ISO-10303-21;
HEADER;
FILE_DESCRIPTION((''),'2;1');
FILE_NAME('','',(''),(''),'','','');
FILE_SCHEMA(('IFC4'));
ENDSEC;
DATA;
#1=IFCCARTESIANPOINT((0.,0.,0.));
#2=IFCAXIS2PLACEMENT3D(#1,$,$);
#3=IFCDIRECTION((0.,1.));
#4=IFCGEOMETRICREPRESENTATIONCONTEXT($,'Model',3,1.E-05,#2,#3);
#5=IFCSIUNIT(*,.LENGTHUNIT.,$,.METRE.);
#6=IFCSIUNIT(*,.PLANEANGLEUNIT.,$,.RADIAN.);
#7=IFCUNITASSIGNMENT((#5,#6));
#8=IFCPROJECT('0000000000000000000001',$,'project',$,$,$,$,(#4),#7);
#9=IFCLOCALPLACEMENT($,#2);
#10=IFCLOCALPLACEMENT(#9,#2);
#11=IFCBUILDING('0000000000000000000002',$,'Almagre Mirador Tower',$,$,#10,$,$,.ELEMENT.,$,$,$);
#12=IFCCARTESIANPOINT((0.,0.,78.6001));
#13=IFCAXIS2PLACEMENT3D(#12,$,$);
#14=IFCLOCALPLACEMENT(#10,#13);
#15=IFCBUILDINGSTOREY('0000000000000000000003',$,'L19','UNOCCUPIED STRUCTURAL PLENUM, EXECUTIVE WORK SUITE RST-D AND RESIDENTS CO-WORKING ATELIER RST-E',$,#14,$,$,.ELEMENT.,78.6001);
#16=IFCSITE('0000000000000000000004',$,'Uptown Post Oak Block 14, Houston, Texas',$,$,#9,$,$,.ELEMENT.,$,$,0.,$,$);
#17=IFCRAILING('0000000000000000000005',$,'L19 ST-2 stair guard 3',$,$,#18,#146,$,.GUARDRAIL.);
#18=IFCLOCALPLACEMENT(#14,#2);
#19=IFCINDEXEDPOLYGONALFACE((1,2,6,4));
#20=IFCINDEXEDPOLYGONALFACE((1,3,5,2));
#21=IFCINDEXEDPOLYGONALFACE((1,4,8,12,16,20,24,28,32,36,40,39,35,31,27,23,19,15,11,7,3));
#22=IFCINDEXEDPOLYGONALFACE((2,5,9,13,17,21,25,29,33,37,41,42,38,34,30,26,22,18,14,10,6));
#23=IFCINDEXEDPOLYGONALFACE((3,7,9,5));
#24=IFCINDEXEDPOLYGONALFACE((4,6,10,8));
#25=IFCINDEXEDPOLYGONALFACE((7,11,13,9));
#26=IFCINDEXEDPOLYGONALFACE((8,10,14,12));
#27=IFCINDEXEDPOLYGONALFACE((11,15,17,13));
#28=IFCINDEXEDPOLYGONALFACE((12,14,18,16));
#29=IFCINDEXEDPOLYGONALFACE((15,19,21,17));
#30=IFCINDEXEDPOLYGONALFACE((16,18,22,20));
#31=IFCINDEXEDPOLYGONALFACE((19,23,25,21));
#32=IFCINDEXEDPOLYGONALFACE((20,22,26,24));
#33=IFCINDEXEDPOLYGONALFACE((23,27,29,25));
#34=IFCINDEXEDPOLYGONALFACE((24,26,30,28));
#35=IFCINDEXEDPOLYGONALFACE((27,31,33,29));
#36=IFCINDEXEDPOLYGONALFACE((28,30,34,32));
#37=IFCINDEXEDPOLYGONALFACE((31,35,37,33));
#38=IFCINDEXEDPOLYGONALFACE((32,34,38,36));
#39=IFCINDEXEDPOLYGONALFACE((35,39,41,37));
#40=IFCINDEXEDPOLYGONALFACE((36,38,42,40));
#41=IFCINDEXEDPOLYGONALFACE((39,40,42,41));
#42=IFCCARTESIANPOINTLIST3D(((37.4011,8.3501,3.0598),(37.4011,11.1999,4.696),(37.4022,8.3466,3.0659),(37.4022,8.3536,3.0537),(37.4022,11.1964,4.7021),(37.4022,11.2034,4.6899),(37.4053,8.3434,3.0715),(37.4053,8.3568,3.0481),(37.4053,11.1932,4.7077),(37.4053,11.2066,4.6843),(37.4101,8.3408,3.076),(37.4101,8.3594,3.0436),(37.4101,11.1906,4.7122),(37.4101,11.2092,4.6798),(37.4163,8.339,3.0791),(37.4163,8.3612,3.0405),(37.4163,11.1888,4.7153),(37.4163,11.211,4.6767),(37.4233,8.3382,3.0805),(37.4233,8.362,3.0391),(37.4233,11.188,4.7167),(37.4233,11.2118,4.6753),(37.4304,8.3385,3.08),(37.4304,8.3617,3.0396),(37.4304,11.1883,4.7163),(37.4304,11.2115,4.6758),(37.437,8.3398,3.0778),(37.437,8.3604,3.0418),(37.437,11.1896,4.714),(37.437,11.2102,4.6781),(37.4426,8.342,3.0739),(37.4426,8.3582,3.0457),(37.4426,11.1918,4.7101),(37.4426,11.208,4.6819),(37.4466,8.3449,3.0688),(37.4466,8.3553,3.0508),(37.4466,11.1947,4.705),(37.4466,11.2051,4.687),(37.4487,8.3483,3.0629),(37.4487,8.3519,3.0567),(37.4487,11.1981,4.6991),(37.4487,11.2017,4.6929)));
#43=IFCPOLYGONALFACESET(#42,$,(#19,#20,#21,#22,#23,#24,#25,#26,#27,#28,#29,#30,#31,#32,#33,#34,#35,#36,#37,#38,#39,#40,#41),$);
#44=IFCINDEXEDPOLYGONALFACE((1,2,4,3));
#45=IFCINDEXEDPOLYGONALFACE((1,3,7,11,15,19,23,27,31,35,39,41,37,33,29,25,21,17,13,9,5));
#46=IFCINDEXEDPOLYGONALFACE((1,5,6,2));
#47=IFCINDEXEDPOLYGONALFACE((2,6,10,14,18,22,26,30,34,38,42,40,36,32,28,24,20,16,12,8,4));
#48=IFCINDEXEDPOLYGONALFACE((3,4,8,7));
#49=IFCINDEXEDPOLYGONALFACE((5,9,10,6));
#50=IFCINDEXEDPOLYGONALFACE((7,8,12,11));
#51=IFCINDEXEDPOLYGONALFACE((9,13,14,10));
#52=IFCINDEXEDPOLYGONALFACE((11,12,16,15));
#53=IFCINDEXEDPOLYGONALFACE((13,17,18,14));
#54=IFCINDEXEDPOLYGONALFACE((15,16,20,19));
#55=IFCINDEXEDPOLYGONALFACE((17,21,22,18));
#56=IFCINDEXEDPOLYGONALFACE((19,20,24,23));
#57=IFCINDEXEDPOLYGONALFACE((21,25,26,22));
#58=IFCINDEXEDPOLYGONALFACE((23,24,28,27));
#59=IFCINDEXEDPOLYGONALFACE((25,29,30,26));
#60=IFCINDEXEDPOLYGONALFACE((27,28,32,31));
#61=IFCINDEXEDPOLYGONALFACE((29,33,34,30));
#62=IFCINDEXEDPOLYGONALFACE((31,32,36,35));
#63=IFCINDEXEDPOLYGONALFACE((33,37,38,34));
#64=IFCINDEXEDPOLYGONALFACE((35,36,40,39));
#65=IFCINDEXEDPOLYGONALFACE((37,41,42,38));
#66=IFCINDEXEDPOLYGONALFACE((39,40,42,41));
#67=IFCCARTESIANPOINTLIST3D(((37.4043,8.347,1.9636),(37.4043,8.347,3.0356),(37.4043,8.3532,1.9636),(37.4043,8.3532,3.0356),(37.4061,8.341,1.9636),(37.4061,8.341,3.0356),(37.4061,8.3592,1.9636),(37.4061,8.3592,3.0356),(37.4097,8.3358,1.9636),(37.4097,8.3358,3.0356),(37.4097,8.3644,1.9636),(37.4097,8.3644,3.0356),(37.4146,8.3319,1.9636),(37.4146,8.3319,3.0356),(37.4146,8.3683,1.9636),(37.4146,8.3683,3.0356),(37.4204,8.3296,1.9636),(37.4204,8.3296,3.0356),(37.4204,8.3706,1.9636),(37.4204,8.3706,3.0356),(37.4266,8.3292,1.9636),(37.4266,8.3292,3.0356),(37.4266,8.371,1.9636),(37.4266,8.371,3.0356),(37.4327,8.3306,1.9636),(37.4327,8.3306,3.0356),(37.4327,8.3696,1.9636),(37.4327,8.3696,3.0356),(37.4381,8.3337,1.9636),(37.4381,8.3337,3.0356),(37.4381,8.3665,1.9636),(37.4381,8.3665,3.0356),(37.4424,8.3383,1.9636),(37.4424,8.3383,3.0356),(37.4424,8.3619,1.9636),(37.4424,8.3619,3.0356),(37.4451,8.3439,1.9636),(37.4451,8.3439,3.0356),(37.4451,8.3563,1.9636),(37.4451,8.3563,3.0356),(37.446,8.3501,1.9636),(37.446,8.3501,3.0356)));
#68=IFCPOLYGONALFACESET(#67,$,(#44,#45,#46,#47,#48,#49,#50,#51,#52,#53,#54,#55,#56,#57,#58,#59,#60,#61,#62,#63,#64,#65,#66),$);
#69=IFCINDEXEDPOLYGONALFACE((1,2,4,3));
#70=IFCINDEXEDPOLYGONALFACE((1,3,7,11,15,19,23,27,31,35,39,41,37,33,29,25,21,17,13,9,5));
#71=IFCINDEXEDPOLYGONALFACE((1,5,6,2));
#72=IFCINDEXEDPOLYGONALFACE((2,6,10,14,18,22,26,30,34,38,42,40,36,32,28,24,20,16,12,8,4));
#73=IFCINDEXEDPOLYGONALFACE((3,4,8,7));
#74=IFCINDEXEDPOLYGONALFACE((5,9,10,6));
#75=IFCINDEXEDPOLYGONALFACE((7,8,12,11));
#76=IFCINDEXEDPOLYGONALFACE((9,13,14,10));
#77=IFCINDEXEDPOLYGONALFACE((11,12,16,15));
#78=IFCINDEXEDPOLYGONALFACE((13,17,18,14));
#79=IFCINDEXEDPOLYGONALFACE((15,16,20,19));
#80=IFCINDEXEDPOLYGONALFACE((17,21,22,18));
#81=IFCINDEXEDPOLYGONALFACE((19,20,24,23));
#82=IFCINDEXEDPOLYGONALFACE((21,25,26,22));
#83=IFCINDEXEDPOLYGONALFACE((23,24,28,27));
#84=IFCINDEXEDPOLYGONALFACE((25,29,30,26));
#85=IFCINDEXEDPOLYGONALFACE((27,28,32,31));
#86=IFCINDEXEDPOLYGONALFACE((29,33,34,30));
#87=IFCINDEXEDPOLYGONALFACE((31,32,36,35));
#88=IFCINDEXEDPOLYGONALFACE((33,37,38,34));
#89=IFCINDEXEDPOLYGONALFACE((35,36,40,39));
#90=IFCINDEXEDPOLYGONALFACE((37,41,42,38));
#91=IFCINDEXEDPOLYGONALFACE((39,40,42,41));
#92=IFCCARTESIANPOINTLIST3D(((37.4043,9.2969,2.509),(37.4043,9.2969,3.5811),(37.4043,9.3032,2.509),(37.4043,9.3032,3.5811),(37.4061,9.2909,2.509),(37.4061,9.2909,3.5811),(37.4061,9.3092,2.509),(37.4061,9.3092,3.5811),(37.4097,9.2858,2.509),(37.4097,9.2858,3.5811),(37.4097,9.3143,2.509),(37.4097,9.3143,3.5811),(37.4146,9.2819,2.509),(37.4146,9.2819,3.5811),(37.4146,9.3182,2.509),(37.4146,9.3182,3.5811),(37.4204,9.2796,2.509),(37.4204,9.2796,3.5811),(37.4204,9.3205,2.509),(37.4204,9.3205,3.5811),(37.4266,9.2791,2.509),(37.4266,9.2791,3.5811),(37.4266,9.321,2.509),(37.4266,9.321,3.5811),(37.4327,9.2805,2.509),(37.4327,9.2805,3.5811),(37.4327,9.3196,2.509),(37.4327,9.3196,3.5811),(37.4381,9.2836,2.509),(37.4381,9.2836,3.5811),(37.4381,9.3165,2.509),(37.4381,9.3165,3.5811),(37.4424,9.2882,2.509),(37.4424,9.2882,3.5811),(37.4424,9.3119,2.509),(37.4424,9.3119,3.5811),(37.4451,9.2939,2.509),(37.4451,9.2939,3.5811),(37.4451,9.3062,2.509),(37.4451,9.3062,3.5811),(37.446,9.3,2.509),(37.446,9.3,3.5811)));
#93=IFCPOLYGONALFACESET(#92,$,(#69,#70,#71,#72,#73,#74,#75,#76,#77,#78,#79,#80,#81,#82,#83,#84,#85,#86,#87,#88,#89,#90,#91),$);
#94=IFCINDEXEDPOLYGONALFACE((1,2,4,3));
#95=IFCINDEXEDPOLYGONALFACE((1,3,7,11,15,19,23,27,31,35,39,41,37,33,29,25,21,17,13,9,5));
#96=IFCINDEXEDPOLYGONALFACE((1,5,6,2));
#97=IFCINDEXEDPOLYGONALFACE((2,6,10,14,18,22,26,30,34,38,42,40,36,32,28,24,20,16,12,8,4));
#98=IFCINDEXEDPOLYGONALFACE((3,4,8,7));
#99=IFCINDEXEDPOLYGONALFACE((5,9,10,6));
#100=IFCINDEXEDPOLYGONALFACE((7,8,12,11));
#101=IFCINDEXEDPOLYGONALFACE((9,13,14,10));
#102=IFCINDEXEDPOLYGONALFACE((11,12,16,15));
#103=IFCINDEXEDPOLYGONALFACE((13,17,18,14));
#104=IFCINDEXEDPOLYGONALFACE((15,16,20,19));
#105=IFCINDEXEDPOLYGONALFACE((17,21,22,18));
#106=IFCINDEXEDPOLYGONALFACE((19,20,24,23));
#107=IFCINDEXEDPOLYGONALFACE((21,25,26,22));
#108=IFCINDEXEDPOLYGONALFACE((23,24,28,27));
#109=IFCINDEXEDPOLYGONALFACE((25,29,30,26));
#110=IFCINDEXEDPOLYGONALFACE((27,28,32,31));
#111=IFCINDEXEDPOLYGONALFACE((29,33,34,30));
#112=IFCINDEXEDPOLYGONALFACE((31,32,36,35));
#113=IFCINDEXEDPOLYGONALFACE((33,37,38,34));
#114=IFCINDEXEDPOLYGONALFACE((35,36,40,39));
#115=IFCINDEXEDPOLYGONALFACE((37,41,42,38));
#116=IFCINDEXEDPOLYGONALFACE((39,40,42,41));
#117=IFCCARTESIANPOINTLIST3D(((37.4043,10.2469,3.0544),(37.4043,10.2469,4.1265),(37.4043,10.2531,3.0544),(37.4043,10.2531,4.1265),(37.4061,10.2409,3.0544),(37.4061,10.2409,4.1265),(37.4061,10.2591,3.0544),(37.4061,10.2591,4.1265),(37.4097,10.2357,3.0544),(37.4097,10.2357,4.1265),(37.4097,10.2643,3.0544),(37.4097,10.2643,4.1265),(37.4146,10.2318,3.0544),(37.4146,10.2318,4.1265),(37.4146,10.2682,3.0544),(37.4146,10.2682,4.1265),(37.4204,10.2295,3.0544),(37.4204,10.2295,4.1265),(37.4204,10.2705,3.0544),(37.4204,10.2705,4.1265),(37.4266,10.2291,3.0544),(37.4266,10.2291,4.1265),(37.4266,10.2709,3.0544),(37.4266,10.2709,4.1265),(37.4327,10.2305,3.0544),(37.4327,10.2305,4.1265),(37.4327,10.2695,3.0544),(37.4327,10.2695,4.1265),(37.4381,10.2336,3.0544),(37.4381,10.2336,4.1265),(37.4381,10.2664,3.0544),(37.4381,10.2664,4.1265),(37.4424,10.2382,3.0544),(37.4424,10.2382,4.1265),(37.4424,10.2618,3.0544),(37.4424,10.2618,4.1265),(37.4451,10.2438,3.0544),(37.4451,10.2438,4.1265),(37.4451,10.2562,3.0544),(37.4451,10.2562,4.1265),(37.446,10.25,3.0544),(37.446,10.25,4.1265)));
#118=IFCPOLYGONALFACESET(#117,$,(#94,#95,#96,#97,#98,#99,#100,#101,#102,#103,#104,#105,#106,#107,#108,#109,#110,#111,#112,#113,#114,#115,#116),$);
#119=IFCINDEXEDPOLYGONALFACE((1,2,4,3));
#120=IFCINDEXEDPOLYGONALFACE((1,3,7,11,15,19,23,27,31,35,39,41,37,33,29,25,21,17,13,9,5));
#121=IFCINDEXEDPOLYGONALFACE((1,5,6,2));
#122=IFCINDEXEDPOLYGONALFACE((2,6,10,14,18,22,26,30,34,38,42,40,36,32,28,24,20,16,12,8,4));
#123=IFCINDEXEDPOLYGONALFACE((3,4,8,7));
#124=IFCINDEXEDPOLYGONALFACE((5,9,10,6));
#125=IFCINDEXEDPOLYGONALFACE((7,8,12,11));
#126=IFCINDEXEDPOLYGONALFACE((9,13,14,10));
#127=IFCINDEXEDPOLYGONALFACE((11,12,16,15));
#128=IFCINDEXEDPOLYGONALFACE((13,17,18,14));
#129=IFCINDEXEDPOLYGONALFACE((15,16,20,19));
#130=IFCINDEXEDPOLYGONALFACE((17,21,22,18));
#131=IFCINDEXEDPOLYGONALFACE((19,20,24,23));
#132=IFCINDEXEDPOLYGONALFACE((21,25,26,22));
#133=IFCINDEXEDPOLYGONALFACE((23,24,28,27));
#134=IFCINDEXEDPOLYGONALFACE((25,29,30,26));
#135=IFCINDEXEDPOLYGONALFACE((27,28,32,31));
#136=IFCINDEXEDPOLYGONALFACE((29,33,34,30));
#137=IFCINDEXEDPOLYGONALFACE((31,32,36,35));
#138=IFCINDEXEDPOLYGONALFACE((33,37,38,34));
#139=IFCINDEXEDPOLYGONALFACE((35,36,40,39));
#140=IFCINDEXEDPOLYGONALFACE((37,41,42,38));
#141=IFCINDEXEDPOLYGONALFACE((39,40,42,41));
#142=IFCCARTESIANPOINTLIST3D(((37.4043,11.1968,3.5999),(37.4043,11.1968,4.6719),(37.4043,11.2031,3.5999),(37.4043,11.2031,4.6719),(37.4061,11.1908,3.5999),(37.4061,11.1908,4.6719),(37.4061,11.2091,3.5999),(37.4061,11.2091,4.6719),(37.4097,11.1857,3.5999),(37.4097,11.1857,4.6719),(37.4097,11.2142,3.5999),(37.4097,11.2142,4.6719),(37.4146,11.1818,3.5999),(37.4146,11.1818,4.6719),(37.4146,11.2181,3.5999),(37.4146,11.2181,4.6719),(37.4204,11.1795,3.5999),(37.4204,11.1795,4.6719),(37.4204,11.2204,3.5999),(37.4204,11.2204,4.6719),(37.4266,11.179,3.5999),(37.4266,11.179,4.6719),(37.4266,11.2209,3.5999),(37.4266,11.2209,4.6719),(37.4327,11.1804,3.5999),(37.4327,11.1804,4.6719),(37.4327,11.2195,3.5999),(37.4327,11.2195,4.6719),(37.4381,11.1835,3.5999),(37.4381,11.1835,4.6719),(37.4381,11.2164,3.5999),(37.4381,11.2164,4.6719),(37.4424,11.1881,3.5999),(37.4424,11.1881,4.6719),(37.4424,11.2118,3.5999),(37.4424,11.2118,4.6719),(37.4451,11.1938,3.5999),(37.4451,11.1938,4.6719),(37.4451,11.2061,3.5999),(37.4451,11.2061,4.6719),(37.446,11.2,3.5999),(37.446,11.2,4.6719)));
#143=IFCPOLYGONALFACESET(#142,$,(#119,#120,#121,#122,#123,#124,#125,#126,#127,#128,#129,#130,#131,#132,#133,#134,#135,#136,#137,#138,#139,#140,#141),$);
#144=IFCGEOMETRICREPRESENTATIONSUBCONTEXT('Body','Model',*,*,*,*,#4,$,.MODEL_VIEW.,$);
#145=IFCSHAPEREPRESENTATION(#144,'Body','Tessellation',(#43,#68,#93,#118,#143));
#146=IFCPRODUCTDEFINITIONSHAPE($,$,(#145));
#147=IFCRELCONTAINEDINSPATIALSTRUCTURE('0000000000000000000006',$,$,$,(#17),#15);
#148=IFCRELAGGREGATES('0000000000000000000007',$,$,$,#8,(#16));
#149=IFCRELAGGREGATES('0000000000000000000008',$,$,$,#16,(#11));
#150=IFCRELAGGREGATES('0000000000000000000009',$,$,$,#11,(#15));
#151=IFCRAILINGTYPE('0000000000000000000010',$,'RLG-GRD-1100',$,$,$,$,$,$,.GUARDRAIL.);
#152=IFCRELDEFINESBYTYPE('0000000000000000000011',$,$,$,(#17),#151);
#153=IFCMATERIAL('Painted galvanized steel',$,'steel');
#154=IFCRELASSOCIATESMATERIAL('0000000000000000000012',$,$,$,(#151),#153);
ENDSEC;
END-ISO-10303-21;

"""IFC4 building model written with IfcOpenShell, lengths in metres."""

from ifc_helpers import new_model, si_unit, direction, frame, origin, origin_2d, place, context, subcontext, project, spatial, circle, extrude, material, type_object, element, save


model = new_model("IFC4")

# Units and contexts
model_context = context("Model", 3, precision=1e-05, world=origin(), true_north=direction((0.0, 1.0)))
body_context = subcontext(model_context, "Body", "Model", "MODEL_VIEW")
ifc_project = project(units=[si_unit("LENGTHUNIT", "METRE"), si_unit("PLANEANGLEUNIT", "RADIAN")], contexts=[model_context])

# Site, building, storey
site_placement = place(None, origin())
site = spatial("IfcSite", under=ifc_project, at=site_placement, Name="Uptown Post Oak Block 14, Houston, Texas", CompositionType="ELEMENT", RefElevation=0.0)
building_placement = place(site_placement, origin())
building = spatial("IfcBuilding", under=site, at=building_placement, Name="Almagre Mirador Tower", CompositionType="ELEMENT")
storey_placement = place(building_placement, frame((0.0, 0.0, 78.6001)))
storey = spatial("IfcBuildingStorey", under=building, at=storey_placement, Name="L19", Description="UNOCCUPIED STRUCTURAL PLENUM, EXECUTIVE WORK SUITE RST-D AND RESIDENTS CO-WORKING ATELIER RST-E", CompositionType="ELEMENT", Elevation=78.6001)

# Railing
ifc_material_1 = material(Name="Painted galvanized steel", Category="steel")
railing_type_1 = type_object("IfcRailingType", Name="RLG-GRD-1100", PredefinedType="GUARDRAIL", material=ifc_material_1)
railing_1_placement = place(storey_placement, frame((37.425, 8.3501, 1.9636)))
element("IfcRailing", 1, at=railing_1_placement, inside=storey, type_object=railing_type_1, Name="L19 ST-2 stair guard 3", PredefinedType="GUARDRAIL", context=body_context, shape_type="SweptSolid", body=[
    extrude(circle(Radius=0.0239, at=origin_2d()), frame((0.0, 0.0, 1.0962), z_axis=(0.0, 0.867226, 0.497914), x_axis=(-1.0, 0.0, 0.0)), (0.0, 0.0, 1.0), 3.2861),
    extrude(circle(Radius=0.021, at=origin_2d()), origin(), (0.0, 0.0, 1.0), 1.072),
    extrude(circle(Radius=0.021, at=origin_2d()), frame((0.0, 0.95, 0.5454)), (0.0, 0.0, 1.0), 1.072),
    extrude(circle(Radius=0.021, at=origin_2d()), frame((0.0, 1.8999, 1.0908)), (0.0, 0.0, 1.0), 1.072),
    extrude(circle(Radius=0.021, at=origin_2d()), frame((0.0, 2.8499, 1.6362)), (0.0, 0.0, 1.0), 1.072),
])

save(model, "model.ifc")
